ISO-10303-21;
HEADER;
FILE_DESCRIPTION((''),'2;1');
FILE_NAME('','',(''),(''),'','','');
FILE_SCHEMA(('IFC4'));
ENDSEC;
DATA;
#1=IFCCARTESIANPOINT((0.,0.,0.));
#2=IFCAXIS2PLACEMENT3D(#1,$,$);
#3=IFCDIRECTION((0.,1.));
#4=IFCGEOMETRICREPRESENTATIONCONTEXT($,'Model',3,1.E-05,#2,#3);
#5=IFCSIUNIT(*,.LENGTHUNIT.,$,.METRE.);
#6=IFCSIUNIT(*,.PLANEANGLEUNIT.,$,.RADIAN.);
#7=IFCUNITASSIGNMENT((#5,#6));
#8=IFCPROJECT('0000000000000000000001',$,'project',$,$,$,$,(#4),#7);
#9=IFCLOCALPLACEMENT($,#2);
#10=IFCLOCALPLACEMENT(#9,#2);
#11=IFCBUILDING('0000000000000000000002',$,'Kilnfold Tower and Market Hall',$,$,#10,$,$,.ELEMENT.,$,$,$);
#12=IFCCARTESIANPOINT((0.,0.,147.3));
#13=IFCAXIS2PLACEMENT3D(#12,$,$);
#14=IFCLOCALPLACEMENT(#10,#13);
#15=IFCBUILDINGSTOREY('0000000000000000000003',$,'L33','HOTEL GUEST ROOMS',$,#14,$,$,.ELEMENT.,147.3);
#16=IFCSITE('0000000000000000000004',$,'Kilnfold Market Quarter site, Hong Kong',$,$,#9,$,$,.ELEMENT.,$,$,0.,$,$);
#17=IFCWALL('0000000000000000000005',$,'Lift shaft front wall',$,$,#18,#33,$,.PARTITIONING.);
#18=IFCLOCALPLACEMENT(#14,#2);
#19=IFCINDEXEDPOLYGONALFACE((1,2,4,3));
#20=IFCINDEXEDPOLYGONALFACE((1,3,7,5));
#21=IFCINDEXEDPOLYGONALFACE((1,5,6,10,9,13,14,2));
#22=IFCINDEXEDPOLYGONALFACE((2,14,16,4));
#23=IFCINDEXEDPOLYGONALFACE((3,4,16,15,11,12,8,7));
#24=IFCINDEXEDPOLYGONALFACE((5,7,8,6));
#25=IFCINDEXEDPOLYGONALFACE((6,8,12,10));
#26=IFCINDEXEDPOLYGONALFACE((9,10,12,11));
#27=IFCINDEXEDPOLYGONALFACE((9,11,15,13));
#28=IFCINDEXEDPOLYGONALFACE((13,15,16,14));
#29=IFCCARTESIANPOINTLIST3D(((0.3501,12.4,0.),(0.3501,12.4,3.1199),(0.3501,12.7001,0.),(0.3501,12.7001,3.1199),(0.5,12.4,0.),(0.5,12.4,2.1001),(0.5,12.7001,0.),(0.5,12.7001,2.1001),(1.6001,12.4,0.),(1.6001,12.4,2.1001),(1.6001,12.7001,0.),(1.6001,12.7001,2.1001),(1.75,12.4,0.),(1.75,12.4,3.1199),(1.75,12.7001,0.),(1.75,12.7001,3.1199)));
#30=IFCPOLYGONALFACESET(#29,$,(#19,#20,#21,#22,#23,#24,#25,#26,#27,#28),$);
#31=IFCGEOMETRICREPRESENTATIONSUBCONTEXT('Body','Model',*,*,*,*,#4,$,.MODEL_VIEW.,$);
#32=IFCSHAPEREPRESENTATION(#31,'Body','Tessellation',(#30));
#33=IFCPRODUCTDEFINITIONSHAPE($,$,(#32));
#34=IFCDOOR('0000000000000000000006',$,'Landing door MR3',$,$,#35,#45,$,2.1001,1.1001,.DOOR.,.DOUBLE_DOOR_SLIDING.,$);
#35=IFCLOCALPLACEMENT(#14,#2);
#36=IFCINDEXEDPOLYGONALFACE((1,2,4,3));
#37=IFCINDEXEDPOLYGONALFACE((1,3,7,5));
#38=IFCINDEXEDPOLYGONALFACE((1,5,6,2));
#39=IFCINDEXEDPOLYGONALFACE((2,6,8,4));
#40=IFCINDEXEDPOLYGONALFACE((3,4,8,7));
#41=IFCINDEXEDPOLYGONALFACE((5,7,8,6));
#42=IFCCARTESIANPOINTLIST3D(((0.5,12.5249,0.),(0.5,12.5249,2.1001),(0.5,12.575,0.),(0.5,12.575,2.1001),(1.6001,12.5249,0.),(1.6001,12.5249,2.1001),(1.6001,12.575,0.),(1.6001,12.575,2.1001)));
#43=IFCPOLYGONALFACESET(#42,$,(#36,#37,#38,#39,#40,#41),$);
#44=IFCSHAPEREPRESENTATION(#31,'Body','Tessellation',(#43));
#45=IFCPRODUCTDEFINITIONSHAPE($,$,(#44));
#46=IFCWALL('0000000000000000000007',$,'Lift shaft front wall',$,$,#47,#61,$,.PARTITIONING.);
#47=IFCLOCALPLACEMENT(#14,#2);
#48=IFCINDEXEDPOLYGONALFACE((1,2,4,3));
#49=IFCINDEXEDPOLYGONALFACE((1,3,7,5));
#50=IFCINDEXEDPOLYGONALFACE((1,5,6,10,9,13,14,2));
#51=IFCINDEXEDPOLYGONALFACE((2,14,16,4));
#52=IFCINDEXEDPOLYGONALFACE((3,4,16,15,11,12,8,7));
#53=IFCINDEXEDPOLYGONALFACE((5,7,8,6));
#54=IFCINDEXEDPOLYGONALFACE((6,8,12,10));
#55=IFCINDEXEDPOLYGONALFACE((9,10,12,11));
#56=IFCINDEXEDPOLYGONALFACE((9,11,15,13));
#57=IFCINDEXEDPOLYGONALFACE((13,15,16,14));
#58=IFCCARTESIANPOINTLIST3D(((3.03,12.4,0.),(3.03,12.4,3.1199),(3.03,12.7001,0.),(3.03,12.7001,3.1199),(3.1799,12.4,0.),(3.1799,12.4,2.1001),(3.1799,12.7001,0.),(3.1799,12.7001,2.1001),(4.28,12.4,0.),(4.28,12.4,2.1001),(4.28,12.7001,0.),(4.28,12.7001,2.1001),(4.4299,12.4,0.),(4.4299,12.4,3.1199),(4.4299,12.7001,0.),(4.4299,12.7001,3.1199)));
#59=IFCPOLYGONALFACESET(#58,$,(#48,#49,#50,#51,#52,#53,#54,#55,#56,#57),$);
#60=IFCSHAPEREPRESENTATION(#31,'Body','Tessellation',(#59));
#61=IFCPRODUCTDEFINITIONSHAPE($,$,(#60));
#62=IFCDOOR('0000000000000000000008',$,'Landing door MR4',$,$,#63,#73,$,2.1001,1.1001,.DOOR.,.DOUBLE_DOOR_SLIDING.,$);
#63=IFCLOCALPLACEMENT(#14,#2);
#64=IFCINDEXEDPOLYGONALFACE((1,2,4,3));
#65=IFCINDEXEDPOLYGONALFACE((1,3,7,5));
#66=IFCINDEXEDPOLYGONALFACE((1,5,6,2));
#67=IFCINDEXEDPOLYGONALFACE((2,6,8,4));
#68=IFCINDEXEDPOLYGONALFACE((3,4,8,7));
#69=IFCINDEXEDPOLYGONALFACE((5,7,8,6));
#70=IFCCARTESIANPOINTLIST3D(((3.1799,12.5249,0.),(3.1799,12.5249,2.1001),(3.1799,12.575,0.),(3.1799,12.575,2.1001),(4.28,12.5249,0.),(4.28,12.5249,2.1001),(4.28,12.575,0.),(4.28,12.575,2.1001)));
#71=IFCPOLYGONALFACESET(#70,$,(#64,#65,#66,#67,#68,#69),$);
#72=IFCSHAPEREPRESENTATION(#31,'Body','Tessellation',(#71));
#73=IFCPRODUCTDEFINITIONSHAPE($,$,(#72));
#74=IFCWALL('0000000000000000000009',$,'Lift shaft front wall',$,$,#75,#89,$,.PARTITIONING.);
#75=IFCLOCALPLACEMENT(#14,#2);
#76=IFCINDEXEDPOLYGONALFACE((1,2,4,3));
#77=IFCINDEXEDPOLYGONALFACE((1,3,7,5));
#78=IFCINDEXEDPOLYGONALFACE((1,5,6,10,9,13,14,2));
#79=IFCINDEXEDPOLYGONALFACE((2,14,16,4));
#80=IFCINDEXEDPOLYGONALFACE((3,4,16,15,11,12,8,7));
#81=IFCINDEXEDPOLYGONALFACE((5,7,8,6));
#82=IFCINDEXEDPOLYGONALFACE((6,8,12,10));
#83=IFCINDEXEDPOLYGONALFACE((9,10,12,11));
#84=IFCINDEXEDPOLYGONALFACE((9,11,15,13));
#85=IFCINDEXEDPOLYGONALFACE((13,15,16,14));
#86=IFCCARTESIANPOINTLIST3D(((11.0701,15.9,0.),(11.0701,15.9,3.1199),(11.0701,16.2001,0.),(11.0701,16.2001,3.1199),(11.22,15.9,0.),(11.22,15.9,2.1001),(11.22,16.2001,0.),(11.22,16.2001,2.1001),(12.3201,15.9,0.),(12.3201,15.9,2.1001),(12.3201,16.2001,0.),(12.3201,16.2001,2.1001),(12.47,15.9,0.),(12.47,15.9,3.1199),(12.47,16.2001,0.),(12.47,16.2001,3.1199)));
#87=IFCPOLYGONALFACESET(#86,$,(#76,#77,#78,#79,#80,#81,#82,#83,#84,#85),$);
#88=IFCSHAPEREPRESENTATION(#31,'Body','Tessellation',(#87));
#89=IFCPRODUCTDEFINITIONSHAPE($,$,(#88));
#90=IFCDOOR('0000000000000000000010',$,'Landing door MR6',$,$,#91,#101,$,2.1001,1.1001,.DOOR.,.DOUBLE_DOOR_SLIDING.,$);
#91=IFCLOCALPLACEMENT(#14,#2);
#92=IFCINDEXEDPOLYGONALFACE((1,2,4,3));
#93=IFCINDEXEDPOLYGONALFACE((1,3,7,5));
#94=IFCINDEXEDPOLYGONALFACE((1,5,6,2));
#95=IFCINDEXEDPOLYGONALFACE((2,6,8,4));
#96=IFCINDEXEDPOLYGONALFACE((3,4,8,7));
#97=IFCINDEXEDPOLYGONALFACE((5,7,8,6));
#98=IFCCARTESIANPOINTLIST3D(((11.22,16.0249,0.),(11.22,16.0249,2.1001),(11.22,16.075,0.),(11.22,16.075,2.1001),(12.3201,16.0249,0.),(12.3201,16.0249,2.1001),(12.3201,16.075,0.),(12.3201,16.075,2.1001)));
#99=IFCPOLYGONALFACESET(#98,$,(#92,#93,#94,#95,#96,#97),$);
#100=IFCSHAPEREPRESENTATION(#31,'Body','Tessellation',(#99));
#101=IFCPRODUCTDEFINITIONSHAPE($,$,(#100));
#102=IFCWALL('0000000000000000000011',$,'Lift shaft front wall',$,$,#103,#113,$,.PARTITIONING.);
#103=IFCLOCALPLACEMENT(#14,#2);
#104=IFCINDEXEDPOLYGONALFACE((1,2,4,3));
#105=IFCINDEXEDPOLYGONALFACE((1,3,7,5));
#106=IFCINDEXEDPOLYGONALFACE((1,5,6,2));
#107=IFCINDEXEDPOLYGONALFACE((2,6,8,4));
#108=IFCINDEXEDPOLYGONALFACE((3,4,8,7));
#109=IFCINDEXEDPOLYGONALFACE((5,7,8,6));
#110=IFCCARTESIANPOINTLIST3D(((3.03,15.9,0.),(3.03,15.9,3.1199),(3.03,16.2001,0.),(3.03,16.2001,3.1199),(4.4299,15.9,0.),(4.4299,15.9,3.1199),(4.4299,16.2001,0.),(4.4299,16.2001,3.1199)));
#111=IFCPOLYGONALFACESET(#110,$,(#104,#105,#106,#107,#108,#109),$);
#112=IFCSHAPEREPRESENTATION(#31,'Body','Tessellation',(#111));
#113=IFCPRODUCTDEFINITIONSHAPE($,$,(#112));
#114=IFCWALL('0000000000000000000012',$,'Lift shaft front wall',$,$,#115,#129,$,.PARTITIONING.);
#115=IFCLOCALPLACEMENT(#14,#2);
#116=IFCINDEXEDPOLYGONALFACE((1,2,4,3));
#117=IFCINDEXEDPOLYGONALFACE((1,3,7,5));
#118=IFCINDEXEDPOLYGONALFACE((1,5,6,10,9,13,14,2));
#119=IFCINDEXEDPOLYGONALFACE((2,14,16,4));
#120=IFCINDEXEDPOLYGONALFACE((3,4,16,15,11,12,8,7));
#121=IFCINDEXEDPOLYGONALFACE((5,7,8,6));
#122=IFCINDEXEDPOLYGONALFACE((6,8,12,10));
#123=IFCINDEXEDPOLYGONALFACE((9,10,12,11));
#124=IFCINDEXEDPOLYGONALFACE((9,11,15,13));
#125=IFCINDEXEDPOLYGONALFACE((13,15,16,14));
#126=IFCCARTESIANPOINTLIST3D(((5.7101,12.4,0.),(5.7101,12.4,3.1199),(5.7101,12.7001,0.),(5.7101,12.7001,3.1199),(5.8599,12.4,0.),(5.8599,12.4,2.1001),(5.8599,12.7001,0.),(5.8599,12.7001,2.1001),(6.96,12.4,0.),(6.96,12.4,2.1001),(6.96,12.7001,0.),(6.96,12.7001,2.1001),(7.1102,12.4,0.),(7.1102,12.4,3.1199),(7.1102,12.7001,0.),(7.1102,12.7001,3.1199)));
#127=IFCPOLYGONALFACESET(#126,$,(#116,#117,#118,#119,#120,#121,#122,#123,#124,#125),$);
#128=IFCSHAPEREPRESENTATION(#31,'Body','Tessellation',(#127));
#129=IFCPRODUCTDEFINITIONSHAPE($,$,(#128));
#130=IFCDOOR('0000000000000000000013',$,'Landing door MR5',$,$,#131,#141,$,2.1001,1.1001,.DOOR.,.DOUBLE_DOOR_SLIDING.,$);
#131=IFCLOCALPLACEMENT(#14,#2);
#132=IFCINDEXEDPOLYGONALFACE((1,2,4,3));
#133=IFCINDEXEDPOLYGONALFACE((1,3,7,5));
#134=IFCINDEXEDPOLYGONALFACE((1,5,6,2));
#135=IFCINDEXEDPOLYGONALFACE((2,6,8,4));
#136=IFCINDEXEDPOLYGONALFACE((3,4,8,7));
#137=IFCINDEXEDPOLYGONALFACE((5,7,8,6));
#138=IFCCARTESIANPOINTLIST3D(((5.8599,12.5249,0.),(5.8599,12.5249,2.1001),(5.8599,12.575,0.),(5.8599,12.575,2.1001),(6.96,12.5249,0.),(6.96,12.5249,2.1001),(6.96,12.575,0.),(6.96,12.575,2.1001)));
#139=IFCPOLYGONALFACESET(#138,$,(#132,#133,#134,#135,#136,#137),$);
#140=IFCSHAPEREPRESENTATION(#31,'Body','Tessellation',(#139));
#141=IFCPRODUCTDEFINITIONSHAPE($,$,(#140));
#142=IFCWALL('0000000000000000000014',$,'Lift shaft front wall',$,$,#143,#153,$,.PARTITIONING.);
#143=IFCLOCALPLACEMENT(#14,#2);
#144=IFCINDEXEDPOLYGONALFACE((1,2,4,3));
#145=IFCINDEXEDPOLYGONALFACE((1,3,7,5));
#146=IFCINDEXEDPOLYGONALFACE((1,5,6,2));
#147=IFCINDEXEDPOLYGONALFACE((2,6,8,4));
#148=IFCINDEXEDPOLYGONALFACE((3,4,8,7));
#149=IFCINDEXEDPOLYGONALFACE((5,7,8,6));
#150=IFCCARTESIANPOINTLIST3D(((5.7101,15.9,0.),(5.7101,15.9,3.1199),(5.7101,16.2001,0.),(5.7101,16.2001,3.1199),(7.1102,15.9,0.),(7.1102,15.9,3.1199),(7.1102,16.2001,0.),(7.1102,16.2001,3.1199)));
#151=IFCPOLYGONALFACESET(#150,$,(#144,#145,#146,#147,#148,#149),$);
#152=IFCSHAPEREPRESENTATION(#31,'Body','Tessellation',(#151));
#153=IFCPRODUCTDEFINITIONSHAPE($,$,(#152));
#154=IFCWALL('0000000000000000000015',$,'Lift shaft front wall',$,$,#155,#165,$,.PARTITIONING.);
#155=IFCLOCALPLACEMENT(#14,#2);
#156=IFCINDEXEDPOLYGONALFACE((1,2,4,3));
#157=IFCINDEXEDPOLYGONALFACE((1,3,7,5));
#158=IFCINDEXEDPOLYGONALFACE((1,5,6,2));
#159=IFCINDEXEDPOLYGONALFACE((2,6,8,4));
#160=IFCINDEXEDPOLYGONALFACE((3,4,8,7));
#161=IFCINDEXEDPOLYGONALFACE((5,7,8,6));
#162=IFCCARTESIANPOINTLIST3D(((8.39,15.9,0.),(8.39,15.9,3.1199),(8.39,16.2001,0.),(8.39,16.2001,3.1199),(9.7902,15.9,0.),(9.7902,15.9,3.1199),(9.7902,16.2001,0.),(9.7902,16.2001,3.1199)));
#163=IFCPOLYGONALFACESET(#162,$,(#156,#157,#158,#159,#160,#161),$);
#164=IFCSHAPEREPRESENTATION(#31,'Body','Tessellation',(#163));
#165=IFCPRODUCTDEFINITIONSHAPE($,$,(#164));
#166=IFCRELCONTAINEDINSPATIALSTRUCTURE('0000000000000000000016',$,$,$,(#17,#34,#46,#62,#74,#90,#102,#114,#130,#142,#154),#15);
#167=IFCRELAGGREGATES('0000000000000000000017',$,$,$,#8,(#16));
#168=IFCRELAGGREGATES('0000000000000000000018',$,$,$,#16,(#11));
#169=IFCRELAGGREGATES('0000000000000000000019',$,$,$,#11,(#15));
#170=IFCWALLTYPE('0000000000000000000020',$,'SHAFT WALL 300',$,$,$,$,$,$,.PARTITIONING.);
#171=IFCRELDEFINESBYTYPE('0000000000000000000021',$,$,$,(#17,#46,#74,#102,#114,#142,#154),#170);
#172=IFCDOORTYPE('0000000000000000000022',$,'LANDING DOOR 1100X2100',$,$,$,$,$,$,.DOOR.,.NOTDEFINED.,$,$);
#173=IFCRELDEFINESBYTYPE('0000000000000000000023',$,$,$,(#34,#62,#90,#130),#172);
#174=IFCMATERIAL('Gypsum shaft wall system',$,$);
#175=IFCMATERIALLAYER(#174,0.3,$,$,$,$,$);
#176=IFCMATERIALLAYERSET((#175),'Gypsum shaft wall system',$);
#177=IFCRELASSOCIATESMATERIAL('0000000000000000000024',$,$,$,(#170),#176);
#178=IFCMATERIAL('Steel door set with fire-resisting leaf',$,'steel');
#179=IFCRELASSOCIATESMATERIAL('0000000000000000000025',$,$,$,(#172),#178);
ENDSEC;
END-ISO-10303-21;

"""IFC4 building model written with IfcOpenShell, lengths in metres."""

from ifc_helpers import new_model, si_unit, direction, frame, frame_2d, origin, place, context, subcontext, project, spatial, rectangle, extrude, source, transform, mapped, material, layer, layer_set, type_object, element, fill, save


model = new_model("IFC4")

# Units and contexts
model_context = context("Model", 3, precision=1e-05, world=origin(), true_north=direction((0.0, 1.0)))
body_context = subcontext(model_context, "Body", "Model", "MODEL_VIEW")
ifc_project = project(units=[si_unit("LENGTHUNIT", "METRE"), si_unit("PLANEANGLEUNIT", "RADIAN")], contexts=[model_context])

# Site, building, storey
site_placement = place(None, origin())
site = spatial("IfcSite", under=ifc_project, at=site_placement, Name="Kilnfold Market Quarter site, Hong Kong", CompositionType="ELEMENT", RefElevation=0.0)
building_placement = place(site_placement, origin())
building = spatial("IfcBuilding", under=site, at=building_placement, Name="Kilnfold Tower and Market Hall", CompositionType="ELEMENT")
storey_placement = place(building_placement, frame((0.0, 0.0, 147.3)))
storey = spatial("IfcBuildingStorey", under=building, at=storey_placement, Name="L33", Description="HOTEL GUEST ROOMS", CompositionType="ELEMENT", Elevation=147.3)

# Walls, openings, doors
ifc_material_1 = material(Name="Gypsum shaft wall system")
ifc_layer_1 = layer(ifc_material_1, 0.3)
ifc_layer_set_1 = layer_set([ifc_layer_1], Name="Gypsum shaft wall system")
wall_type_1 = type_object("IfcWallType", Name="SHAFT WALL 300", PredefinedType="PARTITIONING", material=ifc_layer_set_1)
shared_shape_1 = source(origin(), body_context, "Body", "SweptSolid", [
    extrude(rectangle(XDim=1.3999, YDim=0.3, at=frame_2d((0.7, 0.0))), origin(), (0.0, 0.0, 1.0), 3.1199),
])
wall_1_placement = place(storey_placement, frame((0.3501, 12.55, 0.0), z_axis=(0.0, 0.0, 1.0), x_axis=(1.0, 0.0, 0.0)))
wall_1 = element("IfcWall", 1, at=wall_1_placement, inside=storey, type_object=wall_type_1, Name="Lift shaft front wall", PredefinedType="PARTITIONING", context=body_context, shape_type="MappedRepresentation", body=[
    mapped(shared_shape_1, transform((0.0, 0.0, 0.0))),
])
opening_1_placement = place(wall_1_placement, frame((0.1499, 0.0, 0.0)))
opening_1 = element("IfcOpeningElement", 2, at=opening_1_placement, cuts=wall_1, PredefinedType="OPENING", context=body_context, shape_type="SweptSolid", body=[
    extrude(rectangle(XDim=1.1001, YDim=2.1001, at=frame_2d((0.55, 1.05))), frame((0.0, 0.1602, 0.0), z_axis=(0.0, -1.0, 0.0), x_axis=(1.0, 0.0, 0.0)), (0.0, 0.0, 1.0), 0.3201),
])
ifc_material_2 = material(Name="Steel door set with fire-resisting leaf", Category="steel")
door_type_1 = type_object("IfcDoorType", Name="LANDING DOOR 1100X2100", OperationType="NOTDEFINED", PredefinedType="DOOR", material=ifc_material_2)
door_1_placement = place(opening_1_placement, origin())
door_1 = element("IfcDoor", 3, at=door_1_placement, inside=storey, type_object=door_type_1, Name="Landing door MR3", OperationType="DOUBLE_DOOR_SLIDING", OverallHeight=2.1001, OverallWidth=1.1001, PredefinedType="DOOR", context=body_context, shape_type="SweptSolid", body=[
    extrude(rectangle(XDim=1.1001, YDim=2.1001, at=frame_2d((0.55, 1.05))), frame((0.0, 0.0249, 0.0), z_axis=(0.0, -1.0, 0.0), x_axis=(1.0, 0.0, 0.0)), (0.0, 0.0, 1.0), 0.05),
])
fill(opening_1, door_1)
wall_2_placement = place(storey_placement, frame((3.03, 12.55, 0.0), z_axis=(0.0, 0.0, 1.0), x_axis=(1.0, 0.0, 0.0)))
wall_2 = element("IfcWall", 4, at=wall_2_placement, inside=storey, type_object=wall_type_1, Name="Lift shaft front wall", PredefinedType="PARTITIONING", context=body_context, shape_type="MappedRepresentation", body=[
    mapped(shared_shape_1, transform((0.0, 0.0, 0.0))),
])
opening_2_placement = place(wall_2_placement, frame((0.1499, 0.0, 0.0)))
opening_2 = element("IfcOpeningElement", 5, at=opening_2_placement, cuts=wall_2, PredefinedType="OPENING", context=body_context, shape_type="SweptSolid", body=[
    extrude(rectangle(XDim=1.1001, YDim=2.1001, at=frame_2d((0.55, 1.05))), frame((0.0, 0.1602, 0.0), z_axis=(0.0, -1.0, 0.0), x_axis=(1.0, 0.0, 0.0)), (0.0, 0.0, 1.0), 0.3201),
])
door_2_placement = place(opening_2_placement, origin())
door_2 = element("IfcDoor", 6, at=door_2_placement, inside=storey, type_object=door_type_1, Name="Landing door MR4", OperationType="DOUBLE_DOOR_SLIDING", OverallHeight=2.1001, OverallWidth=1.1001, PredefinedType="DOOR", context=body_context, shape_type="SweptSolid", body=[
    extrude(rectangle(XDim=1.1001, YDim=2.1001, at=frame_2d((0.55, 1.05))), frame((0.0, 0.0249, 0.0), z_axis=(0.0, -1.0, 0.0), x_axis=(1.0, 0.0, 0.0)), (0.0, 0.0, 1.0), 0.05),
])
fill(opening_2, door_2)
wall_3_placement = place(storey_placement, frame((11.0701, 16.05, 0.0), z_axis=(0.0, 0.0, 1.0), x_axis=(1.0, 0.0, 0.0)))
wall_3 = element("IfcWall", 7, at=wall_3_placement, inside=storey, type_object=wall_type_1, Name="Lift shaft front wall", PredefinedType="PARTITIONING", context=body_context, shape_type="MappedRepresentation", body=[
    mapped(shared_shape_1, transform((0.0, 0.0, 0.0))),
])
opening_3_placement = place(wall_3_placement, frame((0.1499, 0.0, 0.0)))
opening_3 = element("IfcOpeningElement", 8, at=opening_3_placement, cuts=wall_3, PredefinedType="OPENING", context=body_context, shape_type="SweptSolid", body=[
    extrude(rectangle(XDim=1.1001, YDim=2.1001, at=frame_2d((0.55, 1.05))), frame((0.0, 0.1602, 0.0), z_axis=(0.0, -1.0, 0.0), x_axis=(1.0, 0.0, 0.0)), (0.0, 0.0, 1.0), 0.3201),
])
door_3_placement = place(opening_3_placement, origin())
door_3 = element("IfcDoor", 9, at=door_3_placement, inside=storey, type_object=door_type_1, Name="Landing door MR6", OperationType="DOUBLE_DOOR_SLIDING", OverallHeight=2.1001, OverallWidth=1.1001, PredefinedType="DOOR", context=body_context, shape_type="SweptSolid", body=[
    extrude(rectangle(XDim=1.1001, YDim=2.1001, at=frame_2d((0.55, 1.05))), frame((0.0, 0.0249, 0.0), z_axis=(0.0, -1.0, 0.0), x_axis=(1.0, 0.0, 0.0)), (0.0, 0.0, 1.0), 0.05),
])
fill(opening_3, door_3)

# Wall
wall_4_placement = place(storey_placement, frame((3.03, 16.05, 0.0), z_axis=(0.0, 0.0, 1.0), x_axis=(1.0, 0.0, 0.0)))
element("IfcWall", 10, at=wall_4_placement, inside=storey, type_object=wall_type_1, Name="Lift shaft front wall", PredefinedType="PARTITIONING", context=body_context, shape_type="MappedRepresentation", body=[
    mapped(shared_shape_1, transform((0.0, 0.0, 0.0))),
])

# Wall, opening, door
shared_shape_2 = source(origin(), body_context, "Body", "SweptSolid", [
    extrude(rectangle(XDim=1.4001, YDim=0.3, at=frame_2d((0.7002, 0.0))), origin(), (0.0, 0.0, 1.0), 3.1199),
])
wall_5_placement = place(storey_placement, frame((5.71, 12.55, 0.0), z_axis=(0.0, 0.0, 1.0), x_axis=(1.0, 0.0, 0.0)))
wall_5 = element("IfcWall", 11, at=wall_5_placement, inside=storey, type_object=wall_type_1, Name="Lift shaft front wall", PredefinedType="PARTITIONING", context=body_context, shape_type="MappedRepresentation", body=[
    mapped(shared_shape_2, transform((0.0, 0.0, 0.0))),
])
opening_4_placement = place(wall_5_placement, frame((0.1499, 0.0, 0.0)))
opening_4 = element("IfcOpeningElement", 12, at=opening_4_placement, cuts=wall_5, PredefinedType="OPENING", context=body_context, shape_type="SweptSolid", body=[
    extrude(rectangle(XDim=1.1001, YDim=2.1001, at=frame_2d((0.55, 1.05))), frame((0.0, 0.1602, 0.0), z_axis=(0.0, -1.0, 0.0), x_axis=(1.0, 0.0, 0.0)), (0.0, 0.0, 1.0), 0.3201),
])
door_4_placement = place(opening_4_placement, origin())
door_4 = element("IfcDoor", 13, at=door_4_placement, inside=storey, type_object=door_type_1, Name="Landing door MR5", OperationType="DOUBLE_DOOR_SLIDING", OverallHeight=2.1001, OverallWidth=1.1001, PredefinedType="DOOR", context=body_context, shape_type="SweptSolid", body=[
    extrude(rectangle(XDim=1.1001, YDim=2.1001, at=frame_2d((0.55, 1.05))), frame((0.0, 0.0249, 0.0), z_axis=(0.0, -1.0, 0.0), x_axis=(1.0, 0.0, 0.0)), (0.0, 0.0, 1.0), 0.05),
])
fill(opening_4, door_4)

# Walls
for number, where, z_axis, x_axis, name in (
    (14, (5.71, 16.05, 0.0), (0.0, 0.0, 1.0), (1.0, 0.0, 0.0), "Lift shaft front wall"),
    (15, (8.3899, 16.05, 0.0), (0.0, 0.0, 1.0), (1.0, 0.0, 0.0), "Lift shaft front wall"),
):
    element("IfcWall", number, at=place(storey_placement, frame(where, z_axis=z_axis, x_axis=x_axis)), inside=storey, type_object=wall_type_1, Name=name, PredefinedType="PARTITIONING", context=body_context, shape_type="MappedRepresentation", body=[
        mapped(shared_shape_2, transform((0.0, 0.0, 0.0))),
    ])

save(model, "model.ifc")
